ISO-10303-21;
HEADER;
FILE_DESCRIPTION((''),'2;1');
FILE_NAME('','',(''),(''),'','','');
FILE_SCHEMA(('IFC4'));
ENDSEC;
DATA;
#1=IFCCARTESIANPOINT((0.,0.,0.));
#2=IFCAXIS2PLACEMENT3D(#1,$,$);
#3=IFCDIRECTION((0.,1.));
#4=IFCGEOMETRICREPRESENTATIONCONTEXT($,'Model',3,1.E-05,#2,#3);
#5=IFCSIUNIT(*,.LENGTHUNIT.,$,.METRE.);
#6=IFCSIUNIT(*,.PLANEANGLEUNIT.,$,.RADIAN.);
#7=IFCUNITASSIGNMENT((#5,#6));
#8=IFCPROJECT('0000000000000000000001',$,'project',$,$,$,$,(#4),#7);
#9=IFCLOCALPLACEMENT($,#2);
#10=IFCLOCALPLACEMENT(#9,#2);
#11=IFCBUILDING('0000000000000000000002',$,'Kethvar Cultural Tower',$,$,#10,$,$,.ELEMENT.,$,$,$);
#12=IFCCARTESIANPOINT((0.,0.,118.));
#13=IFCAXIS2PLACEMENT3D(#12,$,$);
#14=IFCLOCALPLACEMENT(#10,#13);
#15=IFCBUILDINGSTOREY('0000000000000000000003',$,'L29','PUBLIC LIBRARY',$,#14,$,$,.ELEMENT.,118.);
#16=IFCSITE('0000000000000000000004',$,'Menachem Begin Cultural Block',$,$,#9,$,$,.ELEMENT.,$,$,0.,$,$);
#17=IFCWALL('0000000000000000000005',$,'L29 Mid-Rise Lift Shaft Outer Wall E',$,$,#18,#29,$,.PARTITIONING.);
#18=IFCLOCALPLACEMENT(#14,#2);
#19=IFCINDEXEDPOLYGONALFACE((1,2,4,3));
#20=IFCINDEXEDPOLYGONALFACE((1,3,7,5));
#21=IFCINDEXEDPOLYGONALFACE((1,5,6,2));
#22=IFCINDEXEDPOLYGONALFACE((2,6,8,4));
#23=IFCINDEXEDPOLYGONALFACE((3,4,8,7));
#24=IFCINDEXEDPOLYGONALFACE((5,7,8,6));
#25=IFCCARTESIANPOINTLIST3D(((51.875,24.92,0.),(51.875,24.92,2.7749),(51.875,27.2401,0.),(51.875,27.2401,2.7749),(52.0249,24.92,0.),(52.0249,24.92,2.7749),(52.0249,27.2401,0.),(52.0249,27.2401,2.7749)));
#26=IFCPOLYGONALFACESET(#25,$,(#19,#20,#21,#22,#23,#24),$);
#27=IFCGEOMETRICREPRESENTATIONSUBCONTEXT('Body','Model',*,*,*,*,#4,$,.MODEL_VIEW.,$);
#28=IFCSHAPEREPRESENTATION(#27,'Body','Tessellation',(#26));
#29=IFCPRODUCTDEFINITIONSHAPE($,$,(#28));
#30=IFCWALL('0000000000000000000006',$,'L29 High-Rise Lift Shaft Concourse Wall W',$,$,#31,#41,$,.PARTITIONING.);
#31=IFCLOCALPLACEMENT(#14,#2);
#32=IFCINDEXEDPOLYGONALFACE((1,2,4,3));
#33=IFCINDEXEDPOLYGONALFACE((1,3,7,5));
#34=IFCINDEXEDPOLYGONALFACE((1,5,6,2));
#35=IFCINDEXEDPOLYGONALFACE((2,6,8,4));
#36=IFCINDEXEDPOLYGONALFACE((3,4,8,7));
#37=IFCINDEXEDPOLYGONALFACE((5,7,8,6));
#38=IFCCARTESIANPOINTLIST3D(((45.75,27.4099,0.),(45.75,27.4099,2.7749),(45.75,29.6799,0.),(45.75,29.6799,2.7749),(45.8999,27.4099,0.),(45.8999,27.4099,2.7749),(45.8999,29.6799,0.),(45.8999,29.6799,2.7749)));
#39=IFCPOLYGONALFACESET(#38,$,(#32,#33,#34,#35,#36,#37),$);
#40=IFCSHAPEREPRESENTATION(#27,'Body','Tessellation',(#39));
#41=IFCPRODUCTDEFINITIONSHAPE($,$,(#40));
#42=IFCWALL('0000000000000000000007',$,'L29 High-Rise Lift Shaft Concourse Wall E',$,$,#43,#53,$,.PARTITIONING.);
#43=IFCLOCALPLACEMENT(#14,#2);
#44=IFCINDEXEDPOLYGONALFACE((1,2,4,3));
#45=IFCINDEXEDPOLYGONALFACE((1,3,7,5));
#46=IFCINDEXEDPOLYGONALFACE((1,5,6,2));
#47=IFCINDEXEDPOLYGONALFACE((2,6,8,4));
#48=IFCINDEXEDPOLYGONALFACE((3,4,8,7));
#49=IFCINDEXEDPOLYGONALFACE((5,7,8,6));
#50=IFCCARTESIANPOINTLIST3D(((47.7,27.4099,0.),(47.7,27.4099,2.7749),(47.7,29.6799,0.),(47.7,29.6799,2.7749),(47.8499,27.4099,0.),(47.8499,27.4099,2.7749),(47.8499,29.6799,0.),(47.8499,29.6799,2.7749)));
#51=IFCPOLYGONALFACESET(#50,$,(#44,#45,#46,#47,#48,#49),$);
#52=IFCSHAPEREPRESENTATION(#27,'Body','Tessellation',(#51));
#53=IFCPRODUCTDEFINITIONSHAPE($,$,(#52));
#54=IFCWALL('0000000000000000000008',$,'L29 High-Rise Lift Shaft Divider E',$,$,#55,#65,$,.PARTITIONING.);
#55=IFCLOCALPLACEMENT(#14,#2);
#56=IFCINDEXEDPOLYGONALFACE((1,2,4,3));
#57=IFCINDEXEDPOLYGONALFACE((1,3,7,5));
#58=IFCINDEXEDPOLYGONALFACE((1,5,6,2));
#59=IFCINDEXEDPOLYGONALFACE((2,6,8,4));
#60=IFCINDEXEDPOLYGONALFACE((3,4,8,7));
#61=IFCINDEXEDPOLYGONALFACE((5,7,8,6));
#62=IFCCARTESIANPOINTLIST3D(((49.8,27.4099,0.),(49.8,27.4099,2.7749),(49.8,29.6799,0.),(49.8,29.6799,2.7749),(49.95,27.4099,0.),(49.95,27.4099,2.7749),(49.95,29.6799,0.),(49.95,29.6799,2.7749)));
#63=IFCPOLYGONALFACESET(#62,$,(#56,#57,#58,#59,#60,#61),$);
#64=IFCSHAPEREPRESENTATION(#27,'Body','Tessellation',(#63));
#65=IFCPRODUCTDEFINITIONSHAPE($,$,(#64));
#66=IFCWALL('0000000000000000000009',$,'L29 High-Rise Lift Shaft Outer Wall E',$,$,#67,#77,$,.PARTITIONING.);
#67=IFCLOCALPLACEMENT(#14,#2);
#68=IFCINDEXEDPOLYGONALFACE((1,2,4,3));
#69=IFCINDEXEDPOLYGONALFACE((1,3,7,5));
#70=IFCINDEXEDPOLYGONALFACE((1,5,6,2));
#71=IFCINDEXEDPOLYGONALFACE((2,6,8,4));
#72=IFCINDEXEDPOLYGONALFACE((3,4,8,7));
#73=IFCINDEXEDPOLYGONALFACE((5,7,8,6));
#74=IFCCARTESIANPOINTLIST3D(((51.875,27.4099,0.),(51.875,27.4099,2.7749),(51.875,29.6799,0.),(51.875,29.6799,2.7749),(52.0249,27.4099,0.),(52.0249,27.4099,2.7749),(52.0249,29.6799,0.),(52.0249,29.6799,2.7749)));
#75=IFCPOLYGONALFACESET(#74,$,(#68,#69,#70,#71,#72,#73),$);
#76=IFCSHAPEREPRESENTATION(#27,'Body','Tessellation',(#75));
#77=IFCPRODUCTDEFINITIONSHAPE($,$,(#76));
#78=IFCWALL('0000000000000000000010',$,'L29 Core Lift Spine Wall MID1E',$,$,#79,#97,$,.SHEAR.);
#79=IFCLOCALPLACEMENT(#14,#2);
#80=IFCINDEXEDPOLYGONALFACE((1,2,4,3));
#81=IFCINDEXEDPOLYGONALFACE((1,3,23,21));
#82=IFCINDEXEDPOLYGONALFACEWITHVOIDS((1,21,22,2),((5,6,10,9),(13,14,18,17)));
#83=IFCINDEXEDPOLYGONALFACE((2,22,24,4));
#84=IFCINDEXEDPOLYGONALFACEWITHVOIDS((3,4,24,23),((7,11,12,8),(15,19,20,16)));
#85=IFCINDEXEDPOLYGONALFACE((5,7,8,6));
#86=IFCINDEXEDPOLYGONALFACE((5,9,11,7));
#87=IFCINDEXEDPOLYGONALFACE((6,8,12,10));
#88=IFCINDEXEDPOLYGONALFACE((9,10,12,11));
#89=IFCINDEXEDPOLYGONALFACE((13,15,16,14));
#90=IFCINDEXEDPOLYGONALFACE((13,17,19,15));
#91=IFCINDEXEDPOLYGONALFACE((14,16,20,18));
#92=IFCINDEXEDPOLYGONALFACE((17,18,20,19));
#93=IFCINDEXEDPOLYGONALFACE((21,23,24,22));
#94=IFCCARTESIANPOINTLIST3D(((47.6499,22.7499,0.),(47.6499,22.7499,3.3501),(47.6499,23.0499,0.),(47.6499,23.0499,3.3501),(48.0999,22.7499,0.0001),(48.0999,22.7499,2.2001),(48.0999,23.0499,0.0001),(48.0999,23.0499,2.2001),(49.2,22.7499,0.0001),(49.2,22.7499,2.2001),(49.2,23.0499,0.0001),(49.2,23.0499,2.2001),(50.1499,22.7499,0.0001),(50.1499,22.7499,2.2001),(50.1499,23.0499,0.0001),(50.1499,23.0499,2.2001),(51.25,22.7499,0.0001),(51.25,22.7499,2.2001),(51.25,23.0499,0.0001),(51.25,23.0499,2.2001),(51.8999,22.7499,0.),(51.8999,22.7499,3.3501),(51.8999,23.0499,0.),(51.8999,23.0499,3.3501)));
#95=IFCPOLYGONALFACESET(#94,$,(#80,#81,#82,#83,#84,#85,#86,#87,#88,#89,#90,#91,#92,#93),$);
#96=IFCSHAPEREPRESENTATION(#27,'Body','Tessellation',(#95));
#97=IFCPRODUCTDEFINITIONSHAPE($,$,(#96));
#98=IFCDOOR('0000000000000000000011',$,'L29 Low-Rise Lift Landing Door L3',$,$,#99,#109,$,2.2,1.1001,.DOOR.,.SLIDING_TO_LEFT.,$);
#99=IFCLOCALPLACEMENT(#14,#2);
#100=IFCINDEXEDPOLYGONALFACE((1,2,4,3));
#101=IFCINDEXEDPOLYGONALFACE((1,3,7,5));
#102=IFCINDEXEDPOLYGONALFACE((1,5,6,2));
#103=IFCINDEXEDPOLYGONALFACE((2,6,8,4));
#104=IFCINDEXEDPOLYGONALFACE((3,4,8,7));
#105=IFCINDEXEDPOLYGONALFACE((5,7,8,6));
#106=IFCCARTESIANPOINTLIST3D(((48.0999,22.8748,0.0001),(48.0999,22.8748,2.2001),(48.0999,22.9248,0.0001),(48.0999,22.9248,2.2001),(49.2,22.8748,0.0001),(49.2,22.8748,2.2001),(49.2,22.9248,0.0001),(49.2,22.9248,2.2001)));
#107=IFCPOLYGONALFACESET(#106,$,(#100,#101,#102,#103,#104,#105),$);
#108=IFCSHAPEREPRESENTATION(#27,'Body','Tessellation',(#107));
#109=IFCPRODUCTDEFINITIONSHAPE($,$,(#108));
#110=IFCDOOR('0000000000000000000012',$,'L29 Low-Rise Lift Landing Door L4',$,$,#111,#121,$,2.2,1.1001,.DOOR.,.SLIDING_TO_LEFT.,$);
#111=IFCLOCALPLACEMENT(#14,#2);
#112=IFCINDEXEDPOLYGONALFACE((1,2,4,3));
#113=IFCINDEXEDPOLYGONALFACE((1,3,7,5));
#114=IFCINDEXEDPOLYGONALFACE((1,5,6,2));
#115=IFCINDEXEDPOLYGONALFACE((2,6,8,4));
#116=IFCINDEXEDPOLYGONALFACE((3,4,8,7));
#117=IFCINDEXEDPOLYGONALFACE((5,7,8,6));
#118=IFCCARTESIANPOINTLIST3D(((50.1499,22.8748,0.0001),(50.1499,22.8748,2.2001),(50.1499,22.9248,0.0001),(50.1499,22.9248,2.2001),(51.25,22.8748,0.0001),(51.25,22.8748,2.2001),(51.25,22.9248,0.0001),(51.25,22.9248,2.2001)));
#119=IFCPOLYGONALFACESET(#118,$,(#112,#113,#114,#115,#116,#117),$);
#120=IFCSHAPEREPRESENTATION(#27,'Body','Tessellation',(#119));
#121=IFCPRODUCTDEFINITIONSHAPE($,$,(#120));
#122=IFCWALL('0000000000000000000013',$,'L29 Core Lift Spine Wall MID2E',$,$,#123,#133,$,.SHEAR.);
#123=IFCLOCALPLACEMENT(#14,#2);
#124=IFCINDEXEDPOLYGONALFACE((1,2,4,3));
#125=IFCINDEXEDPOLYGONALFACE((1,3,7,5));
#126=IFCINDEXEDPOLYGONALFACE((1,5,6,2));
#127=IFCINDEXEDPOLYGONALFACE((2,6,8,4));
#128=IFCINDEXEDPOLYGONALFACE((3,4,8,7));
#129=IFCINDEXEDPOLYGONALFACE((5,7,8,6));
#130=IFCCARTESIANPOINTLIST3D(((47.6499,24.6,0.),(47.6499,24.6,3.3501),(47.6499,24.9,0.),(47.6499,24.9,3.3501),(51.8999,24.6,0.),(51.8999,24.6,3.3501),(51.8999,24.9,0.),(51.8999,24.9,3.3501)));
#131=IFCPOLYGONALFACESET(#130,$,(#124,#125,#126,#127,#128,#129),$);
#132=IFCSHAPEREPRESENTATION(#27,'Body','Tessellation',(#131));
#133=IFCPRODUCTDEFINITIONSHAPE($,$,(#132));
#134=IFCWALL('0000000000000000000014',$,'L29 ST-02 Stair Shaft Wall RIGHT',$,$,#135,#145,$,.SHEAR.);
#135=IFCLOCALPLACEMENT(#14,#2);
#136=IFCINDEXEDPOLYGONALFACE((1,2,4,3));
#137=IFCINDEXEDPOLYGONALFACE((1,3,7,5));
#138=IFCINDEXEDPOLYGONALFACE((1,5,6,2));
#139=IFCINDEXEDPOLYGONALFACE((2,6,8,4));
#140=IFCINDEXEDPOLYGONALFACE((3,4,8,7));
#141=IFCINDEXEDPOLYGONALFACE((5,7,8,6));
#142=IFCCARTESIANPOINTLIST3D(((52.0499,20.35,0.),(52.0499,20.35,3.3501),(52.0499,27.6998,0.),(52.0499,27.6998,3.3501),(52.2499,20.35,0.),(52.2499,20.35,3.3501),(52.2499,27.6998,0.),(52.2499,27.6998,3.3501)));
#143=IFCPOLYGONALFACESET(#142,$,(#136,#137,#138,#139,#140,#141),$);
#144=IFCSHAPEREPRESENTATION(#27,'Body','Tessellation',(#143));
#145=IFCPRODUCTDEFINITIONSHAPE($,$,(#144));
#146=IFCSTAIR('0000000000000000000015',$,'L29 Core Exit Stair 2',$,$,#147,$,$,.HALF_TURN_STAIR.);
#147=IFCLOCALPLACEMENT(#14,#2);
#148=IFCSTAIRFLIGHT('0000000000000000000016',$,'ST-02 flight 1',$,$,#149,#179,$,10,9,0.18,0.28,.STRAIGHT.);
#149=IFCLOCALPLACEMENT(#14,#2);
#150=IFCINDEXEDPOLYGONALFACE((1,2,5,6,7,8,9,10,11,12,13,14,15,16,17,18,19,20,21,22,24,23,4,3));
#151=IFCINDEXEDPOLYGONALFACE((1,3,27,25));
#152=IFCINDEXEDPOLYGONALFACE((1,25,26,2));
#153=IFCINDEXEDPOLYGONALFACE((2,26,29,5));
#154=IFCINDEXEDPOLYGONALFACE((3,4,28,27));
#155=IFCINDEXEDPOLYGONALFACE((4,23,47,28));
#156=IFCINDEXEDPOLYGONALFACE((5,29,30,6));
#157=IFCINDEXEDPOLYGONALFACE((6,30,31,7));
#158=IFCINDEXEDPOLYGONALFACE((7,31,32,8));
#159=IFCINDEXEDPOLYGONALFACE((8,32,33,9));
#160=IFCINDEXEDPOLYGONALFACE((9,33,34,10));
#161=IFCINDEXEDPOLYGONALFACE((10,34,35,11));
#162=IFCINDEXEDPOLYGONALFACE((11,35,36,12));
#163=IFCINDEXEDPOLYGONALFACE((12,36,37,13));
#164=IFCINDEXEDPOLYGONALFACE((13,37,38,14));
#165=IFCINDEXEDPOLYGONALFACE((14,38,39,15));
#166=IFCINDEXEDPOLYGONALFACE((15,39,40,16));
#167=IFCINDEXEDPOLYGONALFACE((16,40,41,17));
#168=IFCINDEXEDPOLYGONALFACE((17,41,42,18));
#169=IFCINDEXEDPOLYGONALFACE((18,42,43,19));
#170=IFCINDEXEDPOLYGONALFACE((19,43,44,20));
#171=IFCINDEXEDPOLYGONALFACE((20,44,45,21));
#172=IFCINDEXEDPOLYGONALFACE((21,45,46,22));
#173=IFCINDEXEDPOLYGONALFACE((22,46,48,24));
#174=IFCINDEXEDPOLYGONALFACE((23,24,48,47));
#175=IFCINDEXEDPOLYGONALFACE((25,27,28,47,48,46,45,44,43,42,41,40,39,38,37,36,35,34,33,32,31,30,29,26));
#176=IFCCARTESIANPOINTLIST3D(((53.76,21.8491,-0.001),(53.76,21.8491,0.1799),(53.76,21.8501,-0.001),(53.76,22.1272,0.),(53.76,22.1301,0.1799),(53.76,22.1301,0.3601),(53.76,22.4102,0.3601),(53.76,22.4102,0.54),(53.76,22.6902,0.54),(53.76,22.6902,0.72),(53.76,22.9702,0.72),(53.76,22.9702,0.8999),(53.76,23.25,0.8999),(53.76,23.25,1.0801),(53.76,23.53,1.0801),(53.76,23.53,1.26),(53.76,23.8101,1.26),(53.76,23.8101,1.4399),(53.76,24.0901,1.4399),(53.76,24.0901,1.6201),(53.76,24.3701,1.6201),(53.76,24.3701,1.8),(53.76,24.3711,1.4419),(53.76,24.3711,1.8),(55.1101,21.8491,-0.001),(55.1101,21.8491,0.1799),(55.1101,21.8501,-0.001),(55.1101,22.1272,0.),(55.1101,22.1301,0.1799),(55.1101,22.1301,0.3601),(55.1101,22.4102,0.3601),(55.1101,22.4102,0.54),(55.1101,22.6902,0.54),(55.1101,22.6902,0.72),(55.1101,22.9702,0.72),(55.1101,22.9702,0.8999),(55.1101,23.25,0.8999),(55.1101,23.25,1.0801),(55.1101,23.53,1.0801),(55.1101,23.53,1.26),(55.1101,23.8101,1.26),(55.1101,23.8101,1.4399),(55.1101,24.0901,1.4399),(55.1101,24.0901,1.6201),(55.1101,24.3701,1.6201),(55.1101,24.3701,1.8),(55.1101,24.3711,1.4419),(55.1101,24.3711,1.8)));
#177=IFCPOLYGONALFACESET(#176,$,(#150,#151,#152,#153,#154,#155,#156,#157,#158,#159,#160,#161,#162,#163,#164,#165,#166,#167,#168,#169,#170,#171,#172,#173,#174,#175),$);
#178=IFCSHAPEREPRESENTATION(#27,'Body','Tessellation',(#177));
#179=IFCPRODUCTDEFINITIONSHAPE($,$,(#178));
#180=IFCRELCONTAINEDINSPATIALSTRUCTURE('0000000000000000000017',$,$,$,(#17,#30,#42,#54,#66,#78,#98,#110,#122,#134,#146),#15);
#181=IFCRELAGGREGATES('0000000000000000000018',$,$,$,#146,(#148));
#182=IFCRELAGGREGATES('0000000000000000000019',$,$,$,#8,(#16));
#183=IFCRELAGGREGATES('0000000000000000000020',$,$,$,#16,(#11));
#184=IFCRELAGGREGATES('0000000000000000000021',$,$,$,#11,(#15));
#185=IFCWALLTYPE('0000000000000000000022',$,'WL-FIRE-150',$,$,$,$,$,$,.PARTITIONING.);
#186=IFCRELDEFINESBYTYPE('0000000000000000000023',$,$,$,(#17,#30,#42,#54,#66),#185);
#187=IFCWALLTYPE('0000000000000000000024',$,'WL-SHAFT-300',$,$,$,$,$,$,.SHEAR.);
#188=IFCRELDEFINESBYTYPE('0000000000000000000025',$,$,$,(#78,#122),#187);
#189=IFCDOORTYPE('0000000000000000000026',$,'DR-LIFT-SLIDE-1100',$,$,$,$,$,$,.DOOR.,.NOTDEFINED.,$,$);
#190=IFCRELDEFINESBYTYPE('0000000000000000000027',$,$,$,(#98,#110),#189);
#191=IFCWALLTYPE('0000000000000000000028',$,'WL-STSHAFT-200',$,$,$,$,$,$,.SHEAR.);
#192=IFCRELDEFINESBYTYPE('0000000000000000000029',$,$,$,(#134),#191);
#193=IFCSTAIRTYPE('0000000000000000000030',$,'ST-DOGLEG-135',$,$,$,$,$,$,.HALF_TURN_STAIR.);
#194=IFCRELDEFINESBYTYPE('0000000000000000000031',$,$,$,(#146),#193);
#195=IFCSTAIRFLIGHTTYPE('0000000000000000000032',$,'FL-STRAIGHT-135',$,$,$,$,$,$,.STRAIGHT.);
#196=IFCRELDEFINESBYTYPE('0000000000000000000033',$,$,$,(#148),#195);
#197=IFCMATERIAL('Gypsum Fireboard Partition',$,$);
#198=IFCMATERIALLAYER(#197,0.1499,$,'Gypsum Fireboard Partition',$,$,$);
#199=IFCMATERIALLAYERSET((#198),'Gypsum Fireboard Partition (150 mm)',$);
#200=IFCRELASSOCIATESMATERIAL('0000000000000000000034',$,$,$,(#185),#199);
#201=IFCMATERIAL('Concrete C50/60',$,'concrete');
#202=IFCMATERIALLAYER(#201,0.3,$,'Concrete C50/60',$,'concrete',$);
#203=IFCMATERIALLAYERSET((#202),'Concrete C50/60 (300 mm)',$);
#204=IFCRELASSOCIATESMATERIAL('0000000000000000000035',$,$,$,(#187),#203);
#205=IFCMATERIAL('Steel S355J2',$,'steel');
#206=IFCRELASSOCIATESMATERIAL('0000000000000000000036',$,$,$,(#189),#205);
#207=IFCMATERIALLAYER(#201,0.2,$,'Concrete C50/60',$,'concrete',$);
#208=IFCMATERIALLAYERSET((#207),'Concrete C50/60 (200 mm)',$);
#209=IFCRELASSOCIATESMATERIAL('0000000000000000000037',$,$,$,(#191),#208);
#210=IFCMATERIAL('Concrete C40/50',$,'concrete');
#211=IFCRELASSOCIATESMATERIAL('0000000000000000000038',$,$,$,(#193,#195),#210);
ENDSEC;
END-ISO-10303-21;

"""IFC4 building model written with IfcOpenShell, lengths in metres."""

from ifc_helpers import new_model, si_unit, direction, frame, frame_2d, origin, place, context, subcontext, project, spatial, polyline, rectangle, outline, extrude, source, transform, mapped, material, layer, layer_set, type_object, element, fill, aggregate, save


model = new_model("IFC4")

# Units and contexts
model_context = context("Model", 3, precision=1e-05, world=origin(), true_north=direction((0.0, 1.0)))
body_context = subcontext(model_context, "Body", "Model", "MODEL_VIEW")
ifc_project = project(units=[si_unit("LENGTHUNIT", "METRE"), si_unit("PLANEANGLEUNIT", "RADIAN")], contexts=[model_context])

# Site, building, storey
site_placement = place(None, origin())
site = spatial("IfcSite", under=ifc_project, at=site_placement, Name="Menachem Begin Cultural Block", CompositionType="ELEMENT", RefElevation=0.0)
building_placement = place(site_placement, origin())
building = spatial("IfcBuilding", under=site, at=building_placement, Name="Kethvar Cultural Tower", CompositionType="ELEMENT")
storey_placement = place(building_placement, frame((0.0, 0.0, 118.0)))
storey = spatial("IfcBuildingStorey", under=building, at=storey_placement, Name="L29", Description="PUBLIC LIBRARY", CompositionType="ELEMENT", Elevation=118.0)

# Shared definitions
ifc_material_1 = material(Name="Steel S355J2", Category="steel")

# Walls
ifc_material_2 = material(Name="Gypsum Fireboard Partition")
ifc_layer_1 = layer(ifc_material_2, 0.1499, Name="Gypsum Fireboard Partition")
ifc_layer_set_1 = layer_set([ifc_layer_1], Name="Gypsum Fireboard Partition (150 mm)")
wall_type_1 = type_object("IfcWallType", Name="WL-FIRE-150", PredefinedType="PARTITIONING", material=ifc_layer_set_1)
for number, where, z_axis, x_axis, name in (
    (1, (51.95, 24.9199, 0.0), (0.0, 0.0, 1.0), (0.0, 1.0, 0.0), "L29 Mid-Rise Lift Shaft Outer Wall E"),
):
    element("IfcWall", number, at=place(storey_placement, frame(where, z_axis=z_axis, x_axis=x_axis)), inside=storey, type_object=wall_type_1, Name=name, PredefinedType="PARTITIONING", context=body_context, shape_type="SweptSolid", body=[
        extrude(rectangle(XDim=2.3201, YDim=0.1499, at=frame_2d((1.1602, 0.0))), origin(), (0.0, 0.0, 1.0), 2.7749),
    ])
for number, where, z_axis, x_axis, name in (
    (2, (45.825, 27.4099, 0.0), (0.0, 0.0, 1.0), (0.0, 1.0, 0.0), "L29 High-Rise Lift Shaft Concourse Wall W"),
    (3, (47.7749, 27.4099, 0.0), (0.0, 0.0, 1.0), (0.0, 1.0, 0.0), "L29 High-Rise Lift Shaft Concourse Wall E"),
    (4, (49.875, 27.4099, 0.0), (0.0, 0.0, 1.0), (0.0, 1.0, 0.0), "L29 High-Rise Lift Shaft Divider E"),
    (5, (51.95, 27.4099, 0.0), (0.0, 0.0, 1.0), (0.0, 1.0, 0.0), "L29 High-Rise Lift Shaft Outer Wall E"),
):
    element("IfcWall", number, at=place(storey_placement, frame(where, z_axis=z_axis, x_axis=x_axis)), inside=storey, type_object=wall_type_1, Name=name, PredefinedType="PARTITIONING", context=body_context, shape_type="SweptSolid", body=[
        extrude(rectangle(XDim=2.27, YDim=0.1499, at=frame_2d((1.135, 0.0))), origin(), (0.0, 0.0, 1.0), 2.7749),
    ])

# Wall, openings, doors
ifc_material_3 = material(Name="Concrete C50/60", Category="concrete")
ifc_layer_2 = layer(ifc_material_3, 0.3, Name="Concrete C50/60", Category="concrete")
ifc_layer_set_2 = layer_set([ifc_layer_2], Name="Concrete C50/60 (300 mm)")
wall_type_2 = type_object("IfcWallType", Name="WL-SHAFT-300", PredefinedType="SHEAR", material=ifc_layer_set_2)
wall_1_placement = place(storey_placement, frame((47.6499, 22.8999, 0.0), z_axis=(0.0, 0.0, 1.0), x_axis=(1.0, 0.0, 0.0)))
wall_1 = element("IfcWall", 6, at=wall_1_placement, inside=storey, type_object=wall_type_2, Name="L29 Core Lift Spine Wall MID1E", PredefinedType="SHEAR", context=body_context, shape_type="SweptSolid", body=[
    extrude(rectangle(XDim=4.25, YDim=0.3, at=frame_2d((2.125, 0.0))), origin(), (0.0, 0.0, 1.0), 3.3501),
])
opening_1_placement = place(wall_1_placement, frame((0.45, 0.0, 0.0)))
opening_1 = element("IfcOpeningElement", 7, at=opening_1_placement, cuts=wall_1, PredefinedType="OPENING", context=body_context, shape_type="SweptSolid", body=[
    extrude(rectangle(XDim=1.1001, YDim=2.2, at=frame_2d((0.55, 1.1001))), frame((0.0, 0.1599, 0.0), z_axis=(0.0, -1.0, 0.0), x_axis=(1.0, 0.0, 0.0)), (0.0, 0.0, 1.0), 0.3201),
])
opening_2_placement = place(wall_1_placement, frame((2.5, 0.0, 0.0)))
opening_2 = element("IfcOpeningElement", 8, at=opening_2_placement, cuts=wall_1, PredefinedType="OPENING", context=body_context, shape_type="SweptSolid", body=[
    extrude(rectangle(XDim=1.1001, YDim=2.2, at=frame_2d((0.55, 1.1001))), frame((0.0, 0.1599, 0.0), z_axis=(0.0, -1.0, 0.0), x_axis=(1.0, 0.0, 0.0)), (0.0, 0.0, 1.0), 0.3201),
])
door_type = type_object("IfcDoorType", Name="DR-LIFT-SLIDE-1100", OperationType="NOTDEFINED", PredefinedType="DOOR", material=ifc_material_1)
shared_shape_1 = source(origin(), body_context, "Body", "SweptSolid", [
    extrude(rectangle(XDim=1.1001, YDim=2.2, at=frame_2d((0.55, 1.1001))), frame((0.0, 0.0249, 0.0), z_axis=(0.0, -1.0, 0.0), x_axis=(1.0, 0.0, 0.0)), (0.0, 0.0, 1.0), 0.05),
])
door_1_placement = place(opening_1_placement, origin())
door_1 = element("IfcDoor", 9, at=door_1_placement, inside=storey, type_object=door_type, Name="L29 Low-Rise Lift Landing Door L3", OperationType="SLIDING_TO_LEFT", OverallHeight=2.2, OverallWidth=1.1001, PredefinedType="DOOR", context=body_context, shape_type="MappedRepresentation", body=[
    mapped(shared_shape_1, transform((0.0, 0.0, 0.0), scale=1.0)),
])
fill(opening_1, door_1)
door_2_placement = place(opening_2_placement, origin())
door_2 = element("IfcDoor", 10, at=door_2_placement, inside=storey, type_object=door_type, Name="L29 Low-Rise Lift Landing Door L4", OperationType="SLIDING_TO_LEFT", OverallHeight=2.2, OverallWidth=1.1001, PredefinedType="DOOR", context=body_context, shape_type="MappedRepresentation", body=[
    mapped(shared_shape_1, transform((0.0, 0.0, 0.0), scale=1.0)),
])
fill(opening_2, door_2)

# Walls
wall_2_placement = place(storey_placement, frame((47.6499, 24.75, 0.0), z_axis=(0.0, 0.0, 1.0), x_axis=(1.0, 0.0, 0.0)))
element("IfcWall", 11, at=wall_2_placement, inside=storey, type_object=wall_type_2, Name="L29 Core Lift Spine Wall MID2E", PredefinedType="SHEAR", context=body_context, shape_type="SweptSolid", body=[
    extrude(rectangle(XDim=4.25, YDim=0.3, at=frame_2d((2.125, 0.0))), origin(), (0.0, 0.0, 1.0), 3.3501),
])
ifc_layer_3 = layer(ifc_material_3, 0.2, Name="Concrete C50/60", Category="concrete")
ifc_layer_set_3 = layer_set([ifc_layer_3], Name="Concrete C50/60 (200 mm)")
wall_type_3 = type_object("IfcWallType", Name="WL-STSHAFT-200", PredefinedType="SHEAR", material=ifc_layer_set_3)
wall_3_placement = place(storey_placement, frame((52.1499, 20.3501, 0.0), z_axis=(0.0, 0.0, 1.0), x_axis=(0.0, 1.0, 0.0)))
element("IfcWall", 12, at=wall_3_placement, inside=storey, type_object=wall_type_3, Name="L29 ST-02 Stair Shaft Wall RIGHT", PredefinedType="SHEAR", context=body_context, shape_type="SweptSolid", body=[
    extrude(rectangle(XDim=7.3499, YDim=0.2, at=frame_2d((3.6748, 0.0))), origin(), (0.0, 0.0, 1.0), 3.3501),
])

# Stair, stair flight
ifc_material_4 = material(Name="Concrete C40/50", Category="concrete")
stair_type = type_object("IfcStairType", Name="ST-DOGLEG-135", PredefinedType="HALF_TURN_STAIR", material=ifc_material_4)
stair_placement = place(storey_placement, origin())
stair = element("IfcStair", 13, at=stair_placement, inside=storey, type_object=stair_type, Name="L29 Core Exit Stair 2", PredefinedType="HALF_TURN_STAIR")
stair_flight_type = type_object("IfcStairFlightType", Name="FL-STRAIGHT-135", PredefinedType="STRAIGHT", material=ifc_material_4)
stair_flight_1_placement = place(storey_placement, frame((54.4351, 21.8501, 0.0), z_axis=(0.0, 0.0, 1.0), x_axis=(0.0, 1.0, 0.0)))
stair_flight_1 = element("IfcStairFlight", 14, at=stair_flight_1_placement, type_object=stair_flight_type, Name="ST-02 flight 1", NumberOfRisers=10, NumberOfTreads=9, PredefinedType="STRAIGHT", RiserHeight=0.18, TreadLength=0.28, context=body_context, shape_type="SweptSolid", body=[
    extrude(outline(polyline([(-0.001, -0.001), (-0.001, 0.1799), (0.28, 0.1799), (0.28, 0.3601), (0.5601, 0.3601), (0.5601, 0.54), (0.8401, 0.54), (0.8401, 0.72), (1.1201, 0.72), (1.1201, 0.8999), (1.3999, 0.8999), (1.3999, 1.0801), (1.6799, 1.0801), (1.6799, 1.26), (1.96, 1.26), (1.96, 1.4399), (2.24, 1.4399), (2.24, 1.6201), (2.52, 1.6201), (2.52, 1.8), (2.521, 1.8), (2.521, 1.4419), (0.2771, 0.0), (0.0, -0.001), (-0.001, -0.001)])), frame((0.0, 0.675, 0.0), z_axis=(0.0, -1.0, 0.0), x_axis=(1.0, 0.0, 0.0)), (0.0, 0.0, 1.0), 1.3501),
])
aggregate(stair, [stair_flight_1])

save(model, "model.ifc")
